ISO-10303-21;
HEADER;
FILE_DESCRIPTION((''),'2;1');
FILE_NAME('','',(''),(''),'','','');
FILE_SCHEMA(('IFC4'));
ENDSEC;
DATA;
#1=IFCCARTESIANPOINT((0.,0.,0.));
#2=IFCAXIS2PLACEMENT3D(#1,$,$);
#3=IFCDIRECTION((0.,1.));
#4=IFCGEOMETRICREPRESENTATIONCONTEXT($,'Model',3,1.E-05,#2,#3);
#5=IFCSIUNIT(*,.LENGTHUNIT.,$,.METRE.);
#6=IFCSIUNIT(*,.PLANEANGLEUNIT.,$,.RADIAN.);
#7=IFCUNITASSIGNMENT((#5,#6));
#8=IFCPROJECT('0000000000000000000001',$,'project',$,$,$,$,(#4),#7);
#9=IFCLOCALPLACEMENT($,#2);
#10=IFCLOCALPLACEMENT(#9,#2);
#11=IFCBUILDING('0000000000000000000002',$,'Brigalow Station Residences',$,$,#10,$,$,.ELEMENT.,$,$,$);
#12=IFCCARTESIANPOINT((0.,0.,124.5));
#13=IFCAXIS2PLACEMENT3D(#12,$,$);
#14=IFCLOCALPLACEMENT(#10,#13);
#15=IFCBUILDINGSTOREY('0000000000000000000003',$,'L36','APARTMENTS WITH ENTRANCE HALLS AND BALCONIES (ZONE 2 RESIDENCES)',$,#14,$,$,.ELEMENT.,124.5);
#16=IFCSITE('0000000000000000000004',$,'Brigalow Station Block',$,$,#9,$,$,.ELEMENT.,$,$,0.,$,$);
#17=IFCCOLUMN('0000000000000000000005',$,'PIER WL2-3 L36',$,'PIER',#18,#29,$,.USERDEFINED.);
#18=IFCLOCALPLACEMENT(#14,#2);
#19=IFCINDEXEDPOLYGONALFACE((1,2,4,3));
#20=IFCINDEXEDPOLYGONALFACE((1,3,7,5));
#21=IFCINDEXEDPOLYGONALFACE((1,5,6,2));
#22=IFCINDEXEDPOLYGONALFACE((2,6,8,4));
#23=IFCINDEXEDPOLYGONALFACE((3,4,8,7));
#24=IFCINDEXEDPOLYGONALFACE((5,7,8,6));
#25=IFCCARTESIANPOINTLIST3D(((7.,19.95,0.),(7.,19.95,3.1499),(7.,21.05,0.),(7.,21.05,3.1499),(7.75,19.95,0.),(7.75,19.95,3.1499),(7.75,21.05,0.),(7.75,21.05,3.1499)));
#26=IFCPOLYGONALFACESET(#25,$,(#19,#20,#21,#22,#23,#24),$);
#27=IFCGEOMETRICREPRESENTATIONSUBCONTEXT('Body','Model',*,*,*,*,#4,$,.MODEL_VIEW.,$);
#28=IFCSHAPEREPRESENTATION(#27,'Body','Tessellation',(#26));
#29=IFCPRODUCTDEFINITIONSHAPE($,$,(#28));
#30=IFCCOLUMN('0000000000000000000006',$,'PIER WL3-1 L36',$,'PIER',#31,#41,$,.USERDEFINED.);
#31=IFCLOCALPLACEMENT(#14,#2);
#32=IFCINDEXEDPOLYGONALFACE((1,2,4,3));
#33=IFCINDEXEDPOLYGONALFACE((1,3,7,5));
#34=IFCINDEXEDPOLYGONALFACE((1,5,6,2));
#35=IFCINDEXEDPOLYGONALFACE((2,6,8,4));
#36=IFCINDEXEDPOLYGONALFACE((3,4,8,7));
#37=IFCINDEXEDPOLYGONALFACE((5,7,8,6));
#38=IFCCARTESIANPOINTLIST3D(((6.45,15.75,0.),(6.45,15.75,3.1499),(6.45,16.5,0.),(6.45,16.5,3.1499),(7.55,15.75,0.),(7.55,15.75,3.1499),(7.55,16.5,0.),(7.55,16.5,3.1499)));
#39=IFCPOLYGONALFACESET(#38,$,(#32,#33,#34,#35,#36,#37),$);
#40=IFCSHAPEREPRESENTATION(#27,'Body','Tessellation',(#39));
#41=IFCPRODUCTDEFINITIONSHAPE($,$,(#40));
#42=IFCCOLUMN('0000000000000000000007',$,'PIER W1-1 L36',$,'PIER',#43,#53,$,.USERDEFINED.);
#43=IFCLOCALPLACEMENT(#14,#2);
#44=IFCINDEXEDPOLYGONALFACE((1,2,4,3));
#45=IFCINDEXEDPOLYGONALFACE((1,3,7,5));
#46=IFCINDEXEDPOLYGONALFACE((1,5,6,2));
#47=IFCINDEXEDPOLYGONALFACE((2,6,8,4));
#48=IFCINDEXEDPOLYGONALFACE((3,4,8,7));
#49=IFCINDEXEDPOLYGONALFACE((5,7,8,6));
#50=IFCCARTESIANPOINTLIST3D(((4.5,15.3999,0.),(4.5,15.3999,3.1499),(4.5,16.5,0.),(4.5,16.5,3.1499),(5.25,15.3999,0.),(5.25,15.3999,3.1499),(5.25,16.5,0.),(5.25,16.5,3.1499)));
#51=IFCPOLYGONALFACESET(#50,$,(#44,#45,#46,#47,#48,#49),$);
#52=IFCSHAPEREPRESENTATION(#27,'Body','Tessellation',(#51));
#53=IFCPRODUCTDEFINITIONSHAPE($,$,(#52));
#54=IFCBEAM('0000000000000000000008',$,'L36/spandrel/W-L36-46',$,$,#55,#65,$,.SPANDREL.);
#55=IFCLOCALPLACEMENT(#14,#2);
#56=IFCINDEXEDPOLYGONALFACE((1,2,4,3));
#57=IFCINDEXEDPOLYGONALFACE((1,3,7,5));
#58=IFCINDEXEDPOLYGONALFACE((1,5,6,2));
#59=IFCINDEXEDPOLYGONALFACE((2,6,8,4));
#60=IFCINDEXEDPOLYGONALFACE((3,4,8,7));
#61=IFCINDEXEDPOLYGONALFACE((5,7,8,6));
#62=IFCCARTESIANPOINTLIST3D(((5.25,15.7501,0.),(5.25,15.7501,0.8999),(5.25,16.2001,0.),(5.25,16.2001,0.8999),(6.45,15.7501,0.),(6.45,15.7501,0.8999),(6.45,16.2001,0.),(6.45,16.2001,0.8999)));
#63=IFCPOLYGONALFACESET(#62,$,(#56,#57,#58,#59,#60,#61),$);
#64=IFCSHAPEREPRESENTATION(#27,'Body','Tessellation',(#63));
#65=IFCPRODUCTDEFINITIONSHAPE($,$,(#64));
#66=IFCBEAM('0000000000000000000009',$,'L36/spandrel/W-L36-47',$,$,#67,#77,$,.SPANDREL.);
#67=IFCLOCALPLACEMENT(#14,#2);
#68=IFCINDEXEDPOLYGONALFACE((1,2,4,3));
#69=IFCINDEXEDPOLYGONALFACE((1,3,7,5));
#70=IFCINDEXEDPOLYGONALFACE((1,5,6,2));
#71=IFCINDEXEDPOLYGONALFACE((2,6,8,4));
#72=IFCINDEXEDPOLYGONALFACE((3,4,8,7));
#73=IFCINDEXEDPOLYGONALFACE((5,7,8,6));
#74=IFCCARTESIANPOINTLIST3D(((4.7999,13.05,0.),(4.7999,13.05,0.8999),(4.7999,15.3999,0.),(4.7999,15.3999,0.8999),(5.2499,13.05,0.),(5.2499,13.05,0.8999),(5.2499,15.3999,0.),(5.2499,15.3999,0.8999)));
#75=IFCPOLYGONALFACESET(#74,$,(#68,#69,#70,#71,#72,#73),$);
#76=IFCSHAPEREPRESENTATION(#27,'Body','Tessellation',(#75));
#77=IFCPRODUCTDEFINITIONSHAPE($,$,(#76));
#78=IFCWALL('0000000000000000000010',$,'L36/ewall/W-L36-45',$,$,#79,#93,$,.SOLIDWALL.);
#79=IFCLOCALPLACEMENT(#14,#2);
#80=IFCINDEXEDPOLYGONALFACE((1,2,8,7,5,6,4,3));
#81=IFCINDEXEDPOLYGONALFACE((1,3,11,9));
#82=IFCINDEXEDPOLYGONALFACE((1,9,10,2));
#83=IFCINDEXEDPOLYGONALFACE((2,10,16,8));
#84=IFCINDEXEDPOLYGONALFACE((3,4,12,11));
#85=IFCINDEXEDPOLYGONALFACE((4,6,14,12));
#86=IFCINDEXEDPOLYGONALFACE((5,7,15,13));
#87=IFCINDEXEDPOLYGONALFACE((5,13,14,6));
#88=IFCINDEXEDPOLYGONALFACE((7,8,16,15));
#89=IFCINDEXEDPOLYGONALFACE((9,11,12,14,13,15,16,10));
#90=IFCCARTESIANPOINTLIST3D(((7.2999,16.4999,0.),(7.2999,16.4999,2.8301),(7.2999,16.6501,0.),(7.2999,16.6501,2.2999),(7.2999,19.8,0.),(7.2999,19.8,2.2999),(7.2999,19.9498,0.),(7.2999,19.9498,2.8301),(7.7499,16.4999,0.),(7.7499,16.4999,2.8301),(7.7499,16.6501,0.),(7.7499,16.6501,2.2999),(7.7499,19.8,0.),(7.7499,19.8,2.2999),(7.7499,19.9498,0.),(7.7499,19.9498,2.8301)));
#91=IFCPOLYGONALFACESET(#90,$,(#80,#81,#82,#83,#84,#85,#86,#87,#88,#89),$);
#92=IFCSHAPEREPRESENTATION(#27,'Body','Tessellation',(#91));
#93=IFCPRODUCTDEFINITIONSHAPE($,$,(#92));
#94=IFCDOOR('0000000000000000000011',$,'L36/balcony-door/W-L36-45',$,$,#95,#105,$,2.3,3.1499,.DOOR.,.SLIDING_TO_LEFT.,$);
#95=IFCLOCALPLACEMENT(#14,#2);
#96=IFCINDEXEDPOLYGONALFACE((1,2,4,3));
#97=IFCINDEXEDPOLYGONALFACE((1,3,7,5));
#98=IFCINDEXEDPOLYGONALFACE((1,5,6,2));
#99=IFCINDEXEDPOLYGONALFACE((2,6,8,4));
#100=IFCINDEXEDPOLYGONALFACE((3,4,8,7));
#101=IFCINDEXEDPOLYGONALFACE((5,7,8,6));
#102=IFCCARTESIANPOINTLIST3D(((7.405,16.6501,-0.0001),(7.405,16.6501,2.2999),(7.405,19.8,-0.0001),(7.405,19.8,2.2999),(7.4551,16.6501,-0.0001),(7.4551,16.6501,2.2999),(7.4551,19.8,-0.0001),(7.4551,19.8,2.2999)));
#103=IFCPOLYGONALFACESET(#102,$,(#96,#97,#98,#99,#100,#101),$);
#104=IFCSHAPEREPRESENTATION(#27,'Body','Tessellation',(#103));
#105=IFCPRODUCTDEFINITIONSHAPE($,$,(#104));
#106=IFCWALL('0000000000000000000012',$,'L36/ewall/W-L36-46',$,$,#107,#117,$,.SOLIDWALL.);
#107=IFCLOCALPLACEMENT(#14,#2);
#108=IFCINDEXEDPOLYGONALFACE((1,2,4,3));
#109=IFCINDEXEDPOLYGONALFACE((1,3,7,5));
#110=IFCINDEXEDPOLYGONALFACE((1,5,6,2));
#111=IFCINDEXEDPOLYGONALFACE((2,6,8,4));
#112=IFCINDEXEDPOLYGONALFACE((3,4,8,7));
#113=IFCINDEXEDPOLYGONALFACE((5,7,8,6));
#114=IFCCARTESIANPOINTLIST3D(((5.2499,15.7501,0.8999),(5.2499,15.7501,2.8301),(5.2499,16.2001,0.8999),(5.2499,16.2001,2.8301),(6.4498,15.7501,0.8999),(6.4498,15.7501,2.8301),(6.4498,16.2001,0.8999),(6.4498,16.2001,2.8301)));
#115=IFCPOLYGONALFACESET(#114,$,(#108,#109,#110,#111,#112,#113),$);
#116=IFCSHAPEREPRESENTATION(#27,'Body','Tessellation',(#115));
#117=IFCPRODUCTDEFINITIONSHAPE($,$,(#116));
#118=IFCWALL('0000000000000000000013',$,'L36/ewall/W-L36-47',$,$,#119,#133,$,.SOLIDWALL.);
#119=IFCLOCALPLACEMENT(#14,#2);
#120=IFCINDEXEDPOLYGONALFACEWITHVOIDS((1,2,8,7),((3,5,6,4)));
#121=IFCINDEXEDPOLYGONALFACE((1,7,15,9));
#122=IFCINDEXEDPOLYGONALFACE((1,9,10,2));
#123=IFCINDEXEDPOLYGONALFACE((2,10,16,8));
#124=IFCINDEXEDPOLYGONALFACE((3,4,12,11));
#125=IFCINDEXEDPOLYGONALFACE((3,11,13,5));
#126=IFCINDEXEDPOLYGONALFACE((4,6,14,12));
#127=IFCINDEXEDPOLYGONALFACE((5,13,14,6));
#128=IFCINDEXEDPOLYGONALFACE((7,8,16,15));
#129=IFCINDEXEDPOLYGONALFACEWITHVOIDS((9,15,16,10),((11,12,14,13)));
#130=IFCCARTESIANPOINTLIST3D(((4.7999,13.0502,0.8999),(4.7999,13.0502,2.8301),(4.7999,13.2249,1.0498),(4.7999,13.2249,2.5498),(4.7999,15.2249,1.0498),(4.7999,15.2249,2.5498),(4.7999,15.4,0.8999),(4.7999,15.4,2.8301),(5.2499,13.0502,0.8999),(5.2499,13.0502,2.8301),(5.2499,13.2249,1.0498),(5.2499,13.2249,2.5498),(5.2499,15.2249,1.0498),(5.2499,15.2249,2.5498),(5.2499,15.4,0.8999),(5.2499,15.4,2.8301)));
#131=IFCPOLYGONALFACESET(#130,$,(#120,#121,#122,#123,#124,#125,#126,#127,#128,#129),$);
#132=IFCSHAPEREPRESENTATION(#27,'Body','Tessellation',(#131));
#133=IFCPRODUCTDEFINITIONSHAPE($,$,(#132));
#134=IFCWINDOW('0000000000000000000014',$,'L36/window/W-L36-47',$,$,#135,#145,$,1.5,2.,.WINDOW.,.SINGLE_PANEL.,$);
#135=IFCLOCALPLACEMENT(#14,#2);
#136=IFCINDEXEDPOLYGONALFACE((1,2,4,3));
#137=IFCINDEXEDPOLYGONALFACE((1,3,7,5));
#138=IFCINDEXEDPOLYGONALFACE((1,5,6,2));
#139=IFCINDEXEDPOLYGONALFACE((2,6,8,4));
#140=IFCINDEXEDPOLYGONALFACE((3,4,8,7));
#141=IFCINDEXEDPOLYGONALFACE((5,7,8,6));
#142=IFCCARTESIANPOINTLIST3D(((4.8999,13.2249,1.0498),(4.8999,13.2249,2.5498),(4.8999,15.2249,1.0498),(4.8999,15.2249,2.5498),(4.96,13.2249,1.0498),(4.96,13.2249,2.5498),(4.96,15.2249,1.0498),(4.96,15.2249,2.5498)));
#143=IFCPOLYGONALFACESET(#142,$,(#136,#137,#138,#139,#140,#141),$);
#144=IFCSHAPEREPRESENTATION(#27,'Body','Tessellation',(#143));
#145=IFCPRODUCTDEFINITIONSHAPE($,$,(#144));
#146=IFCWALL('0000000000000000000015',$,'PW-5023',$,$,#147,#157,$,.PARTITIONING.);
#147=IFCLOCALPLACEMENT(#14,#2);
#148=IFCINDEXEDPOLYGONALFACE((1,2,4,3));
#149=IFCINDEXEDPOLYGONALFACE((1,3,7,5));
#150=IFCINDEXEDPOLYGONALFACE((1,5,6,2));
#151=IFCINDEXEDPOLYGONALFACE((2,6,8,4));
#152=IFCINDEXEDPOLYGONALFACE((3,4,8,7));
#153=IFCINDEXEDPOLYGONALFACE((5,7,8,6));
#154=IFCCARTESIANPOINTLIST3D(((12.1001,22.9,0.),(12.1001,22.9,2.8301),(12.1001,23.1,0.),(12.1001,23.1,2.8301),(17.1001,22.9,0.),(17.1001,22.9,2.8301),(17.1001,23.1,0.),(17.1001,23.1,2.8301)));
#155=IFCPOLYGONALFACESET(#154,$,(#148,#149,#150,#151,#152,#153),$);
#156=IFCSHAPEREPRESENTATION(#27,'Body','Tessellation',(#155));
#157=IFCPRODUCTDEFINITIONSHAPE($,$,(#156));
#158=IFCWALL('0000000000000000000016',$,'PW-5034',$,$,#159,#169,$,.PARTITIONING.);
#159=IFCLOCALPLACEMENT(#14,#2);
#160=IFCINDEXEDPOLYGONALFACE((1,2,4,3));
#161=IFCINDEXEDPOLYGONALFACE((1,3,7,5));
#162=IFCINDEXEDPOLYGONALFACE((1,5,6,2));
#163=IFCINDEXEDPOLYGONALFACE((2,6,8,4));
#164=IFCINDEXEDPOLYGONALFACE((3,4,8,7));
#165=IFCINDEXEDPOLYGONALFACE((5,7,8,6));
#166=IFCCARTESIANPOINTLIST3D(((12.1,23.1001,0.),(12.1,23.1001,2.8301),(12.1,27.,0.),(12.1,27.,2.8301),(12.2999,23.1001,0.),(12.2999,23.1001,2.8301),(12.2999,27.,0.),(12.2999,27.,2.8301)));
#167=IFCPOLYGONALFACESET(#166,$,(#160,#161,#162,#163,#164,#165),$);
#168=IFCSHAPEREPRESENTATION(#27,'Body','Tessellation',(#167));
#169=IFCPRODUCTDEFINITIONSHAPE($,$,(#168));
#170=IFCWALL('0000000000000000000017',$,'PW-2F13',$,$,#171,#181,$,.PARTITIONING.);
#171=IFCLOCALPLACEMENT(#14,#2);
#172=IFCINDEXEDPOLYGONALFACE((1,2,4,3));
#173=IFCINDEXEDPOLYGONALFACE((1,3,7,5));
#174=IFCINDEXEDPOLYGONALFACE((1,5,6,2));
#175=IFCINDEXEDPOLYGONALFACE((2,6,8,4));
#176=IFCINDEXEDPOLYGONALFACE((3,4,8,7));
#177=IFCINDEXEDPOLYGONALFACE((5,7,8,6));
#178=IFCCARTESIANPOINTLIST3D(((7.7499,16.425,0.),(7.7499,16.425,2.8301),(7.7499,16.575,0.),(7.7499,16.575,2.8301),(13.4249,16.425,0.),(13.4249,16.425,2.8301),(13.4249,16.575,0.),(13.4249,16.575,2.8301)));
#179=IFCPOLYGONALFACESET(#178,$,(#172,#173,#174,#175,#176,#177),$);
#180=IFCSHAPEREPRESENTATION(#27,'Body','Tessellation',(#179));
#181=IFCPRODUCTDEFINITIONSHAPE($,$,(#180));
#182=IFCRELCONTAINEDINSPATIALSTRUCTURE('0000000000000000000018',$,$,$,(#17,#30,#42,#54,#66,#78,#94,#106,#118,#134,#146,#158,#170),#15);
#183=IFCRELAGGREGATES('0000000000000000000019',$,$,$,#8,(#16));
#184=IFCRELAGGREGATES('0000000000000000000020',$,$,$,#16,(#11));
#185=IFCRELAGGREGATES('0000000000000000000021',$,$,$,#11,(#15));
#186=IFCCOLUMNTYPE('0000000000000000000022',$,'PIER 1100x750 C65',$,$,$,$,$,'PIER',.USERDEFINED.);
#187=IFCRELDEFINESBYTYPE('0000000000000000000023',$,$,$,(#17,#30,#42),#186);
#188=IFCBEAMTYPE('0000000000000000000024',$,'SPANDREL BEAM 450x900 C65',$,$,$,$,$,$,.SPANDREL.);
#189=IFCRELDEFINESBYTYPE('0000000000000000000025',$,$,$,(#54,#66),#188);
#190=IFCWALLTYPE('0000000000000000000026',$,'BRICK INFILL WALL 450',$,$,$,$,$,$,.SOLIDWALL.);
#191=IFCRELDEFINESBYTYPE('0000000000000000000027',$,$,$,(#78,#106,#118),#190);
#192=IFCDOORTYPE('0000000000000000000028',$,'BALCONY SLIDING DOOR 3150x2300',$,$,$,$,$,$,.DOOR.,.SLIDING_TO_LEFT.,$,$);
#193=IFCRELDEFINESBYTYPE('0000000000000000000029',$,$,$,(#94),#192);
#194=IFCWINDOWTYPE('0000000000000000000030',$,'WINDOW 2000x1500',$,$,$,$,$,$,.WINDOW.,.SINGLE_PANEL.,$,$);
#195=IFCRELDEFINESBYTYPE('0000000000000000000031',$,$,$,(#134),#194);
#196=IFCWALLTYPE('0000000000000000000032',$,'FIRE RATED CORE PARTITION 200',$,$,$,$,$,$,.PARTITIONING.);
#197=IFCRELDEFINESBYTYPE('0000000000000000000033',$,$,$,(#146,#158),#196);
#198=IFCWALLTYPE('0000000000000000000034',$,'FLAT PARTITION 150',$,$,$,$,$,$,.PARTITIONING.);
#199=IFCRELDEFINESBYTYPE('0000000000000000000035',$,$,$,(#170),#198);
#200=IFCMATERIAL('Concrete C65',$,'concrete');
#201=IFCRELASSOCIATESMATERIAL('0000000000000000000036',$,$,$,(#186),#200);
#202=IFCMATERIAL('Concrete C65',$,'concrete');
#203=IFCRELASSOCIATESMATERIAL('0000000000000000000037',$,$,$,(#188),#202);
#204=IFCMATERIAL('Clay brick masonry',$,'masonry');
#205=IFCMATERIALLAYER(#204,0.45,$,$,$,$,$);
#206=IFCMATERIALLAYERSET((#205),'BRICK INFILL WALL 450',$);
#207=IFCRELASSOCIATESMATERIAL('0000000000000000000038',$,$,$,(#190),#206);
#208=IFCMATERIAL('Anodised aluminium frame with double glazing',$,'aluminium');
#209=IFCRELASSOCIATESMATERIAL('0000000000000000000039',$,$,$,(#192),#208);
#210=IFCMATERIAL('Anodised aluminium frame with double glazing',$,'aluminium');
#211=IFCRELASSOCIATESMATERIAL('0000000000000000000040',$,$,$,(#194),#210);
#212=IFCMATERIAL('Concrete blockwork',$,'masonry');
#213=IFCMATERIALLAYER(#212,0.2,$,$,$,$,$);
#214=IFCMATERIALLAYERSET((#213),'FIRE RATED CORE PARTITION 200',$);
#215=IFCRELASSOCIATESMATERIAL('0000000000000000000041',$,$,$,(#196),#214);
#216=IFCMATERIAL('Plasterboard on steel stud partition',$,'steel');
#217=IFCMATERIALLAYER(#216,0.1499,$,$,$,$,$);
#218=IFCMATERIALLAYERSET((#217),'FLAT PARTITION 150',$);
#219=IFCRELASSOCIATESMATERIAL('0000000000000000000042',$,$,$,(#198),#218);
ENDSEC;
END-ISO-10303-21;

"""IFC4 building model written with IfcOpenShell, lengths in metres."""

from ifc_helpers import new_model, si_unit, direction, frame, frame_2d, origin, origin_2d, place, context, subcontext, project, spatial, rectangle, extrude, material, layer, layer_set, material_profile, profile_set, type_object, element, fill, save


model = new_model("IFC4")

# Units and contexts
model_context = context("Model", 3, precision=1e-05, world=origin(), true_north=direction((0.0, 1.0)))
body_context = subcontext(model_context, "Body", "Model", "MODEL_VIEW")
ifc_project = project(units=[si_unit("LENGTHUNIT", "METRE"), si_unit("PLANEANGLEUNIT", "RADIAN")], contexts=[model_context])

# Site, building, storey
site_placement = place(None, origin())
site = spatial("IfcSite", under=ifc_project, at=site_placement, Name="Brigalow Station Block", CompositionType="ELEMENT", RefElevation=0.0)
building_placement = place(site_placement, origin())
building = spatial("IfcBuilding", under=site, at=building_placement, Name="Brigalow Station Residences", CompositionType="ELEMENT")
storey_placement = place(building_placement, frame((0.0, 0.0, 124.5)))
storey = spatial("IfcBuildingStorey", under=building, at=storey_placement, Name="L36", Description="APARTMENTS WITH ENTRANCE HALLS AND BALCONIES (ZONE 2 RESIDENCES)", CompositionType="ELEMENT", Elevation=124.5)

# Columns
ifc_material_1 = material(Name="Concrete C65", Category="concrete")
ifc_material_profile_1 = material_profile(ifc_material_1, rectangle(XDim=1.1001, YDim=0.75, at=origin_2d()), Name="RC1100x750")
ifc_profile_set_1 = profile_set([ifc_material_profile_1], Name="Concrete C65")
column_type = type_object("IfcColumnType", Name="PIER 1100x750 C65", ElementType="PIER", PredefinedType="USERDEFINED", material=ifc_profile_set_1)
for number, where, z_axis, x_axis, name in (
    (1, (7.375, 20.5, 0.0), (0.0, 0.0, 1.0), (0.0, -1.0, 0.0), "PIER WL2-3 L36"),
    (2, (7.0, 16.125, 0.0), (0.0, 0.0, 1.0), (-1.0, 0.0, 0.0), "PIER WL3-1 L36"),
    (3, (4.875, 15.95, 0.0), (0.0, 0.0, 1.0), (0.0, -1.0, 0.0), "PIER W1-1 L36"),
):
    element("IfcColumn", number, at=place(storey_placement, frame(where, z_axis=z_axis, x_axis=x_axis)), inside=storey, type_object=column_type, Name=name, ObjectType="PIER", PredefinedType="USERDEFINED", context=body_context, shape_type="SweptSolid", body=[
        extrude(rectangle(XDim=1.1001, YDim=0.75, at=origin_2d()), origin(), (0.0, 0.0, 1.0), 3.1499),
    ])

# Beams
ifc_material_2 = material(Name="Concrete C65", Category="concrete")
ifc_material_profile_2 = material_profile(ifc_material_2, rectangle(XDim=0.45, YDim=0.8999, at=origin_2d()), Name="RC450x900")
ifc_profile_set_2 = profile_set([ifc_material_profile_2], Name="Concrete C65")
beam_type = type_object("IfcBeamType", Name="SPANDREL BEAM 450x900 C65", PredefinedType="SPANDREL", material=ifc_profile_set_2)
beam_1_placement = place(storey_placement, frame((6.45, 15.9751, 0.45), z_axis=(-1.0, 0.0, 0.0), x_axis=(0.0, -1.0, 0.0)))
element("IfcBeam", 4, at=beam_1_placement, inside=storey, type_object=beam_type, Name="L36/spandrel/W-L36-46", PredefinedType="SPANDREL", context=body_context, shape_type="SweptSolid", body=[
    extrude(rectangle(XDim=0.45, YDim=0.8999, at=origin_2d()), origin(), (0.0, 0.0, 1.0), 1.2),
])
beam_2_placement = place(storey_placement, frame((5.0249, 15.3999, 0.45), z_axis=(0.0, -1.0, 0.0), x_axis=(1.0, 0.0, 0.0)))
element("IfcBeam", 5, at=beam_2_placement, inside=storey, type_object=beam_type, Name="L36/spandrel/W-L36-47", PredefinedType="SPANDREL", context=body_context, shape_type="SweptSolid", body=[
    extrude(rectangle(XDim=0.45, YDim=0.8999, at=origin_2d()), origin(), (0.0, 0.0, 1.0), 2.3499),
])

# Wall, opening, door
ifc_material_3 = material(Name="Clay brick masonry", Category="masonry")
ifc_layer_1 = layer(ifc_material_3, 0.45)
ifc_layer_set_1 = layer_set([ifc_layer_1], Name="BRICK INFILL WALL 450")
wall_type_1 = type_object("IfcWallType", Name="BRICK INFILL WALL 450", PredefinedType="SOLIDWALL", material=ifc_layer_set_1)
wall_1_placement = place(storey_placement, frame((7.5249, 19.95, 0.0), z_axis=(0.0, 0.0, 1.0), x_axis=(0.0, -1.0, 0.0)))
wall_1 = element("IfcWall", 6, at=wall_1_placement, inside=storey, type_object=wall_type_1, Name="L36/ewall/W-L36-45", PredefinedType="SOLIDWALL", context=body_context, shape_type="SweptSolid", body=[
    extrude(rectangle(XDim=3.45, YDim=0.45, at=frame_2d((1.7251, 0.0))), origin(), (0.0, 0.0, 1.0), 2.8301),
])
opening_1_placement = place(wall_1_placement, frame((0.1499, 0.0, 0.0)))
opening_1 = element("IfcOpeningElement", 7, at=opening_1_placement, cuts=wall_1, PredefinedType="OPENING", context=body_context, shape_type="SweptSolid", body=[
    extrude(rectangle(XDim=3.1499, YDim=2.3, at=frame_2d((1.575, 1.1499))), frame((0.0, 0.2349, 0.0), z_axis=(0.0, -1.0, 0.0), x_axis=(1.0, 0.0, 0.0)), (0.0, 0.0, 1.0), 0.47),
])
ifc_material_4 = material(Name="Anodised aluminium frame with double glazing", Category="aluminium")
door_type_1 = type_object("IfcDoorType", Name="BALCONY SLIDING DOOR 3150x2300", OperationType="SLIDING_TO_LEFT", PredefinedType="DOOR", material=ifc_material_4)
door_1_placement = place(opening_1_placement, origin())
door_1 = element("IfcDoor", 8, at=door_1_placement, inside=storey, type_object=door_type_1, Name="L36/balcony-door/W-L36-45", OperationType="SLIDING_TO_LEFT", OverallHeight=2.3, OverallWidth=3.1499, PredefinedType="DOOR", context=body_context, shape_type="SweptSolid", body=[
    extrude(rectangle(XDim=3.1499, YDim=2.3, at=frame_2d((1.575, 1.1499))), frame((0.0, -0.0698, 0.0), z_axis=(0.0, -1.0, 0.0), x_axis=(1.0, 0.0, 0.0)), (0.0, 0.0, 1.0), 0.05),
])
fill(opening_1, door_1)

# Wall
wall_2_placement = place(storey_placement, frame((6.45, 15.9751, 0.8999), z_axis=(0.0, 0.0, 1.0), x_axis=(-1.0, 0.0, 0.0)))
element("IfcWall", 9, at=wall_2_placement, inside=storey, type_object=wall_type_1, Name="L36/ewall/W-L36-46", PredefinedType="SOLIDWALL", context=body_context, shape_type="SweptSolid", body=[
    extrude(rectangle(XDim=1.2, YDim=0.45, at=frame_2d((0.6001, 0.0))), origin(), (0.0, 0.0, 1.0), 1.9302),
])

# Wall, opening, window
wall_3_placement = place(storey_placement, frame((5.0249, 15.3999, 0.8999), z_axis=(0.0, 0.0, 1.0), x_axis=(0.0, -1.0, 0.0)))
wall_3 = element("IfcWall", 10, at=wall_3_placement, inside=storey, type_object=wall_type_1, Name="L36/ewall/W-L36-47", PredefinedType="SOLIDWALL", context=body_context, shape_type="SweptSolid", body=[
    extrude(rectangle(XDim=2.3499, YDim=0.45, at=frame_2d((1.1748, 0.0))), origin(), (0.0, 0.0, 1.0), 1.9302),
])
opening_2_placement = place(wall_3_placement, frame((0.175, 0.0, 0.1499)))
opening_2 = element("IfcOpeningElement", 11, at=opening_2_placement, cuts=wall_3, PredefinedType="OPENING", context=body_context, shape_type="SweptSolid", body=[
    extrude(rectangle(XDim=2.0, YDim=1.5, at=frame_2d((1.0, 0.75))), frame((0.0, 0.2349, 0.0), z_axis=(0.0, -1.0, 0.0), x_axis=(1.0, 0.0, 0.0)), (0.0, 0.0, 1.0), 0.47),
])
ifc_material_5 = material(Name="Anodised aluminium frame with double glazing", Category="aluminium")
window_type = type_object("IfcWindowType", Name="WINDOW 2000x1500", PartitioningType="SINGLE_PANEL", PredefinedType="WINDOW", material=ifc_material_5)
window_placement = place(opening_2_placement, origin())
window = element("IfcWindow", 12, at=window_placement, inside=storey, type_object=window_type, Name="L36/window/W-L36-47", OverallHeight=1.5, OverallWidth=2.0, PartitioningType="SINGLE_PANEL", PredefinedType="WINDOW", context=body_context, shape_type="SweptSolid", body=[
    extrude(rectangle(XDim=2.0, YDim=1.5, at=frame_2d((1.0, 0.75))), frame((0.0, -0.0649, 0.0), z_axis=(0.0, -1.0, 0.0), x_axis=(1.0, 0.0, 0.0)), (0.0, 0.0, 1.0), 0.0601),
])
fill(opening_2, window)

# Walls
ifc_material_6 = material(Name="Concrete blockwork", Category="masonry")
ifc_layer_2 = layer(ifc_material_6, 0.2)
ifc_layer_set_2 = layer_set([ifc_layer_2], Name="FIRE RATED CORE PARTITION 200")
wall_type_2 = type_object("IfcWallType", Name="FIRE RATED CORE PARTITION 200", PredefinedType="PARTITIONING", material=ifc_layer_set_2)
wall_4_placement = place(storey_placement, frame((12.1001, 23.0, 0.0), z_axis=(0.0, 0.0, 1.0), x_axis=(1.0, 0.0, 0.0)))
element("IfcWall", 13, at=wall_4_placement, inside=storey, type_object=wall_type_2, Name="PW-5023", PredefinedType="PARTITIONING", context=body_context, shape_type="SweptSolid", body=[
    extrude(rectangle(XDim=5.0, YDim=0.2, at=frame_2d((2.5, 0.0))), origin(), (0.0, 0.0, 1.0), 2.8301),
])
wall_5_placement = place(storey_placement, frame((12.2, 23.1001, 0.0), z_axis=(0.0, 0.0, 1.0), x_axis=(0.0, 1.0, 0.0)))
element("IfcWall", 14, at=wall_5_placement, inside=storey, type_object=wall_type_2, Name="PW-5034", PredefinedType="PARTITIONING", context=body_context, shape_type="SweptSolid", body=[
    extrude(rectangle(XDim=3.8999, YDim=0.2, at=frame_2d((1.95, 0.0))), origin(), (0.0, 0.0, 1.0), 2.8301),
])
ifc_material_7 = material(Name="Plasterboard on steel stud partition", Category="steel")
ifc_layer_3 = layer(ifc_material_7, 0.1499)
ifc_layer_set_3 = layer_set([ifc_layer_3], Name="FLAT PARTITION 150")
wall_type_3 = type_object("IfcWallType", Name="FLAT PARTITION 150", PredefinedType="PARTITIONING", material=ifc_layer_set_3)
wall_6_placement = place(storey_placement, frame((7.75, 16.5, 0.0), z_axis=(0.0, 0.0, 1.0), x_axis=(1.0, 0.0, 0.0)))
element("IfcWall", 15, at=wall_6_placement, inside=storey, type_object=wall_type_3, Name="PW-2F13", PredefinedType="PARTITIONING", context=body_context, shape_type="SweptSolid", body=[
    extrude(rectangle(XDim=5.675, YDim=0.1499, at=frame_2d((2.8374, 0.0))), origin(), (0.0, 0.0, 1.0), 2.8301),
])

save(model, "model.ifc")
